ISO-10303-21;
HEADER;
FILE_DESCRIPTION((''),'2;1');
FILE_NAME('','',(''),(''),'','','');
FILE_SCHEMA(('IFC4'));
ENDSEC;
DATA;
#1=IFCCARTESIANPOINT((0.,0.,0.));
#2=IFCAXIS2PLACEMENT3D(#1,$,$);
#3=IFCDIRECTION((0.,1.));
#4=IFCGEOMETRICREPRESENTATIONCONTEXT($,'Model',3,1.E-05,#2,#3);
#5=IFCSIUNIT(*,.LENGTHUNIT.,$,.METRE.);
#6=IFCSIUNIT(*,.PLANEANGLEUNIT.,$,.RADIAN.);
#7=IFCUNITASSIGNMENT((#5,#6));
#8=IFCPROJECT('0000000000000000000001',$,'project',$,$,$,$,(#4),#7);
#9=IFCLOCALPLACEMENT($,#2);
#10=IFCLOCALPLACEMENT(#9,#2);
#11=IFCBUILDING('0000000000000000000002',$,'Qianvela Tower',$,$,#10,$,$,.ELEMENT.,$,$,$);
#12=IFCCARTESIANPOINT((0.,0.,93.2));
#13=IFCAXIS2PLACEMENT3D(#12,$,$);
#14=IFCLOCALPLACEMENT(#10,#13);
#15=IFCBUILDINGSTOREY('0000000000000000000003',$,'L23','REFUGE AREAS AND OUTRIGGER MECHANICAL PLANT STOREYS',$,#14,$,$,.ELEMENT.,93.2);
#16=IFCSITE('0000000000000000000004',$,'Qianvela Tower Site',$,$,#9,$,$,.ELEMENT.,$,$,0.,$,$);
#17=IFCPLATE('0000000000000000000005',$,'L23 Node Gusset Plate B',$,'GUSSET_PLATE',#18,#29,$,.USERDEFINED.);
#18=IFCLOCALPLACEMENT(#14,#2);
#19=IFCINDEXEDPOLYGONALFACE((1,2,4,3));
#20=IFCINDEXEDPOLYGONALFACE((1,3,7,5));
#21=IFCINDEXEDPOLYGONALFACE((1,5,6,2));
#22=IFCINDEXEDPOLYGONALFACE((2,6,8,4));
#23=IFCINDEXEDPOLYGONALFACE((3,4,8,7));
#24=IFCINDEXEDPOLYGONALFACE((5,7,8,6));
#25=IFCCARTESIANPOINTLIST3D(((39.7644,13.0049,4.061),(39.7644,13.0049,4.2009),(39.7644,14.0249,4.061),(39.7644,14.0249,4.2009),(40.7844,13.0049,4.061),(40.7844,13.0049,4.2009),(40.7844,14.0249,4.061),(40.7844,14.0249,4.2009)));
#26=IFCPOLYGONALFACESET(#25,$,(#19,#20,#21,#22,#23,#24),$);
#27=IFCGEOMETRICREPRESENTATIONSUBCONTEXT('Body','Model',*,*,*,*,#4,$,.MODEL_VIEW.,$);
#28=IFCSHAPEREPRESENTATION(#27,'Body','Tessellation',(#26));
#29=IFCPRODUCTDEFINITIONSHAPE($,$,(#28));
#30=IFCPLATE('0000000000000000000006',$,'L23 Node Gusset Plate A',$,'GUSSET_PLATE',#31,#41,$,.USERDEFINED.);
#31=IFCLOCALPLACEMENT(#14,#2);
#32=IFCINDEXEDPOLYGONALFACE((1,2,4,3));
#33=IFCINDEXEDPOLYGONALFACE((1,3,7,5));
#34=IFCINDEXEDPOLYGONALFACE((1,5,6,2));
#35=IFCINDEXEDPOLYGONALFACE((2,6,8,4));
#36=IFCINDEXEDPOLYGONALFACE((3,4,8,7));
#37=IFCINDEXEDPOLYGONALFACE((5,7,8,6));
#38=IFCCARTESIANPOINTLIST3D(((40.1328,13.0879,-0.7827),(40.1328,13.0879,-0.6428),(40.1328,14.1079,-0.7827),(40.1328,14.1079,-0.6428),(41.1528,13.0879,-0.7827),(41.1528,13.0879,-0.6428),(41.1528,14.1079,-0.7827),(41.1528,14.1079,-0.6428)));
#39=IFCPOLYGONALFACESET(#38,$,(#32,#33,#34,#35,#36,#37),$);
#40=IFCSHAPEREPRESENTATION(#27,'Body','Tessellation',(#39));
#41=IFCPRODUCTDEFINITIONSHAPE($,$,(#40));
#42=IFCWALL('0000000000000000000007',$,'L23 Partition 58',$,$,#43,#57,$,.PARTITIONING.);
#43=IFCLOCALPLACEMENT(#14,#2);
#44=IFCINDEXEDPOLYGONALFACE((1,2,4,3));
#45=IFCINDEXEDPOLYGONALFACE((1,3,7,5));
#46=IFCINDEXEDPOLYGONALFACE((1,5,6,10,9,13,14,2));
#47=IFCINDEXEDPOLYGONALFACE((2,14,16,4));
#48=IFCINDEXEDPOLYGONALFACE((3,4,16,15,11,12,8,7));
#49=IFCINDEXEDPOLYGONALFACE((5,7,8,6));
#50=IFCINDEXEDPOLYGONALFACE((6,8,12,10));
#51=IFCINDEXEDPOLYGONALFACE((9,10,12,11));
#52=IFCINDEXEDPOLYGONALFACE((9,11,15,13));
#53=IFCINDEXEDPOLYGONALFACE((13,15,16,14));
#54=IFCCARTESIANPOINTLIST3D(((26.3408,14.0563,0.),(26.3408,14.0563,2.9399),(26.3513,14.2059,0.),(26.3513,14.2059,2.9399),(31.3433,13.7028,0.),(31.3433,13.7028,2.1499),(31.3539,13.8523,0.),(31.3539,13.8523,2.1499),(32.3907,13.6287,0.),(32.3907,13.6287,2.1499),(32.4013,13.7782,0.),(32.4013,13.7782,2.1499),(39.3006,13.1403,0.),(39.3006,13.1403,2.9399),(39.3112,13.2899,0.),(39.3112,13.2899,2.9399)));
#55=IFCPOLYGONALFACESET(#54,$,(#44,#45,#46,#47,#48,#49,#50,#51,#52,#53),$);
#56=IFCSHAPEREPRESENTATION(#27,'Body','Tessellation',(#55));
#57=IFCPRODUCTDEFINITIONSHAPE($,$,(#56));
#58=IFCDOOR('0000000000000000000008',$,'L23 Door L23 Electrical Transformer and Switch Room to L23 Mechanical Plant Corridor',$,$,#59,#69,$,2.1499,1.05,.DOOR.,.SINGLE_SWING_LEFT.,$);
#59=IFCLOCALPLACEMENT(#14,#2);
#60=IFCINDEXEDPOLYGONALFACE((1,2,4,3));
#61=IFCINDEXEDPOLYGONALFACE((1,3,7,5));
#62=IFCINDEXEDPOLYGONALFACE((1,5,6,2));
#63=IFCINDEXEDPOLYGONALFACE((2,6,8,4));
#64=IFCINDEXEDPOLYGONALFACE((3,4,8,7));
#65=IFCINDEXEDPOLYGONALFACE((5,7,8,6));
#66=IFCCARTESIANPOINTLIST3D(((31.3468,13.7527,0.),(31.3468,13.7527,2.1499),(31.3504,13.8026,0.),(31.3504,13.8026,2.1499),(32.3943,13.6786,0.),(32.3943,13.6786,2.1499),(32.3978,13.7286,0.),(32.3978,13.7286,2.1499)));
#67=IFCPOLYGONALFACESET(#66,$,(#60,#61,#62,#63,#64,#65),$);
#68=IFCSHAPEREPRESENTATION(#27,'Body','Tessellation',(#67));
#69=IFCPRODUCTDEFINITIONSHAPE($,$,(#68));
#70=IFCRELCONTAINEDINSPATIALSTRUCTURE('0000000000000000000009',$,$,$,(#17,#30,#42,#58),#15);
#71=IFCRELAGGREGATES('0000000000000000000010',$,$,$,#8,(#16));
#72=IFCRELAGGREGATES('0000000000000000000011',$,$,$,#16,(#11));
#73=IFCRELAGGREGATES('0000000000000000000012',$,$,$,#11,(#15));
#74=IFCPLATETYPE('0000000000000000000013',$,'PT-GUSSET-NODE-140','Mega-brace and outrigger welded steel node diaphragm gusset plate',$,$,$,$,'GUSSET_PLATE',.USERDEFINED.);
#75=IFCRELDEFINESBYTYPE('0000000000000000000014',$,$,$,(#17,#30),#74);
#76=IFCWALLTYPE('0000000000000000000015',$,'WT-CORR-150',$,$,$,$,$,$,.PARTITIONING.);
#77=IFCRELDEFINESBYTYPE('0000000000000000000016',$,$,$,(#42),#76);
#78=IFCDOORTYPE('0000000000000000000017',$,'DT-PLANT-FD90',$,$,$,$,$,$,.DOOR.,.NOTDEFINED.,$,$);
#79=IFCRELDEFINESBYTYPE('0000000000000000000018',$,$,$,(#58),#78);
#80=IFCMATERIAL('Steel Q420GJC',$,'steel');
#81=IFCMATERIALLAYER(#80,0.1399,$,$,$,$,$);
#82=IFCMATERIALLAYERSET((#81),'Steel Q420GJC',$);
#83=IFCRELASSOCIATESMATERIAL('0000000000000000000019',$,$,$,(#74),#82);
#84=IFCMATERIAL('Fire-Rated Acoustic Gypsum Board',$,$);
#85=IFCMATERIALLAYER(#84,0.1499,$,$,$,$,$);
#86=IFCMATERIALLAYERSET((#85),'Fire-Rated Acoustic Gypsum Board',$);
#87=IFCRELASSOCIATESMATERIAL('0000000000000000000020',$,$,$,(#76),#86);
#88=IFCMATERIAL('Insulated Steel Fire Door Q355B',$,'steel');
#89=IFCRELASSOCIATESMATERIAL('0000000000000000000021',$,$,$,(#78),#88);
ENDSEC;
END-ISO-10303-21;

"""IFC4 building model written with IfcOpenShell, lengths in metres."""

from ifc_helpers import new_model, si_unit, direction, frame, frame_2d, origin, origin_2d, place, context, subcontext, project, spatial, rectangle, extrude, material, layer, layer_set, type_object, element, fill, save


model = new_model("IFC4")

# Units and contexts
model_context = context("Model", 3, precision=1e-05, world=origin(), true_north=direction((0.0, 1.0)))
body_context = subcontext(model_context, "Body", "Model", "MODEL_VIEW")
ifc_project = project(units=[si_unit("LENGTHUNIT", "METRE"), si_unit("PLANEANGLEUNIT", "RADIAN")], contexts=[model_context])

# Site, building, storey
site_placement = place(None, origin())
site = spatial("IfcSite", under=ifc_project, at=site_placement, Name="Qianvela Tower Site", CompositionType="ELEMENT", RefElevation=0.0)
building_placement = place(site_placement, origin())
building = spatial("IfcBuilding", under=site, at=building_placement, Name="Qianvela Tower", CompositionType="ELEMENT")
storey_placement = place(building_placement, frame((0.0, 0.0, 93.2)))
storey = spatial("IfcBuildingStorey", under=building, at=storey_placement, Name="L23", Description="REFUGE AREAS AND OUTRIGGER MECHANICAL PLANT STOREYS", CompositionType="ELEMENT", Elevation=93.2)

# Plates
ifc_material_1 = material(Name="Steel Q420GJC", Category="steel")
ifc_layer_1 = layer(ifc_material_1, 0.1399)
ifc_layer_set_1 = layer_set([ifc_layer_1], Name="Steel Q420GJC")
plate_type_1 = type_object("IfcPlateType", Name="PT-GUSSET-NODE-140", Description="Mega-brace and outrigger welded steel node diaphragm gusset plate", ElementType="GUSSET_PLATE", PredefinedType="USERDEFINED", material=ifc_layer_set_1)
for number, where, z_axis, x_axis, name in (
    (1, (40.2744, 13.5149, 4.061), (0.0, 0.0, 1.0), (1.0, 0.0, 0.0), "L23 Node Gusset Plate B"),
    (2, (40.6428, 13.5979, -0.7827), (0.0, 0.0, 1.0), (1.0, 0.0, 0.0), "L23 Node Gusset Plate A"),
):
    element("IfcPlate", number, at=place(storey_placement, frame(where, z_axis=z_axis, x_axis=x_axis)), inside=storey, type_object=plate_type_1, Name=name, ObjectType="GUSSET_PLATE", PredefinedType="USERDEFINED", context=body_context, shape_type="SweptSolid", body=[
        extrude(rectangle(XDim=1.02, YDim=1.02, at=origin_2d()), origin(), (0.0, 0.0, 1.0), 0.1399),
    ])

# Wall, opening, door
ifc_material_2 = material(Name="Fire-Rated Acoustic Gypsum Board")
ifc_layer_2 = layer(ifc_material_2, 0.1499)
ifc_layer_set_2 = layer_set([ifc_layer_2], Name="Fire-Rated Acoustic Gypsum Board")
wall_type = type_object("IfcWallType", Name="WT-CORR-150", PredefinedType="PARTITIONING", material=ifc_layer_set_2)
wall_placement = place(storey_placement, frame((39.3059, 13.2151, 0.0), z_axis=(0.0, 0.0, 1.0), x_axis=(-0.997511, 0.070505, 0.0)))
wall = element("IfcWall", 3, at=wall_placement, inside=storey, type_object=wall_type, Name="L23 Partition 58", PredefinedType="PARTITIONING", context=body_context, shape_type="SweptSolid", body=[
    extrude(rectangle(XDim=12.9922, YDim=0.1499, at=frame_2d((6.4961, 0.0))), origin(), (0.0, 0.0, 1.0), 2.9399),
])
opening_placement = place(wall_placement, frame((6.9272, 0.0, 0.0)))
opening = element("IfcOpeningElement", 4, at=opening_placement, cuts=wall, PredefinedType="OPENING", context=body_context, shape_type="SweptSolid", body=[
    extrude(rectangle(XDim=1.05, YDim=2.1499, at=frame_2d((0.5249, 1.075))), frame((0.0, 0.085, 0.0), z_axis=(0.0, -1.0, 0.0), x_axis=(1.0, 0.0, 0.0)), (0.0, 0.0, 1.0), 0.1699),
])
ifc_material_3 = material(Name="Insulated Steel Fire Door Q355B", Category="steel")
door_type = type_object("IfcDoorType", Name="DT-PLANT-FD90", OperationType="NOTDEFINED", PredefinedType="DOOR", material=ifc_material_3)
door_placement = place(opening_placement, origin())
door = element("IfcDoor", 5, at=door_placement, inside=storey, type_object=door_type, Name="L23 Door L23 Electrical Transformer and Switch Room to L23 Mechanical Plant Corridor", OperationType="SINGLE_SWING_LEFT", OverallHeight=2.1499, OverallWidth=1.05, PredefinedType="DOOR", context=body_context, shape_type="SweptSolid", body=[
    extrude(rectangle(XDim=1.05, YDim=2.1499, at=frame_2d((0.5249, 1.075))), frame((0.0, 0.0249, 0.0), z_axis=(0.0, -1.0, 0.0), x_axis=(1.0, 0.0, 0.0)), (0.0, 0.0, 1.0), 0.05),
])
fill(opening, door)

save(model, "model.ifc")
